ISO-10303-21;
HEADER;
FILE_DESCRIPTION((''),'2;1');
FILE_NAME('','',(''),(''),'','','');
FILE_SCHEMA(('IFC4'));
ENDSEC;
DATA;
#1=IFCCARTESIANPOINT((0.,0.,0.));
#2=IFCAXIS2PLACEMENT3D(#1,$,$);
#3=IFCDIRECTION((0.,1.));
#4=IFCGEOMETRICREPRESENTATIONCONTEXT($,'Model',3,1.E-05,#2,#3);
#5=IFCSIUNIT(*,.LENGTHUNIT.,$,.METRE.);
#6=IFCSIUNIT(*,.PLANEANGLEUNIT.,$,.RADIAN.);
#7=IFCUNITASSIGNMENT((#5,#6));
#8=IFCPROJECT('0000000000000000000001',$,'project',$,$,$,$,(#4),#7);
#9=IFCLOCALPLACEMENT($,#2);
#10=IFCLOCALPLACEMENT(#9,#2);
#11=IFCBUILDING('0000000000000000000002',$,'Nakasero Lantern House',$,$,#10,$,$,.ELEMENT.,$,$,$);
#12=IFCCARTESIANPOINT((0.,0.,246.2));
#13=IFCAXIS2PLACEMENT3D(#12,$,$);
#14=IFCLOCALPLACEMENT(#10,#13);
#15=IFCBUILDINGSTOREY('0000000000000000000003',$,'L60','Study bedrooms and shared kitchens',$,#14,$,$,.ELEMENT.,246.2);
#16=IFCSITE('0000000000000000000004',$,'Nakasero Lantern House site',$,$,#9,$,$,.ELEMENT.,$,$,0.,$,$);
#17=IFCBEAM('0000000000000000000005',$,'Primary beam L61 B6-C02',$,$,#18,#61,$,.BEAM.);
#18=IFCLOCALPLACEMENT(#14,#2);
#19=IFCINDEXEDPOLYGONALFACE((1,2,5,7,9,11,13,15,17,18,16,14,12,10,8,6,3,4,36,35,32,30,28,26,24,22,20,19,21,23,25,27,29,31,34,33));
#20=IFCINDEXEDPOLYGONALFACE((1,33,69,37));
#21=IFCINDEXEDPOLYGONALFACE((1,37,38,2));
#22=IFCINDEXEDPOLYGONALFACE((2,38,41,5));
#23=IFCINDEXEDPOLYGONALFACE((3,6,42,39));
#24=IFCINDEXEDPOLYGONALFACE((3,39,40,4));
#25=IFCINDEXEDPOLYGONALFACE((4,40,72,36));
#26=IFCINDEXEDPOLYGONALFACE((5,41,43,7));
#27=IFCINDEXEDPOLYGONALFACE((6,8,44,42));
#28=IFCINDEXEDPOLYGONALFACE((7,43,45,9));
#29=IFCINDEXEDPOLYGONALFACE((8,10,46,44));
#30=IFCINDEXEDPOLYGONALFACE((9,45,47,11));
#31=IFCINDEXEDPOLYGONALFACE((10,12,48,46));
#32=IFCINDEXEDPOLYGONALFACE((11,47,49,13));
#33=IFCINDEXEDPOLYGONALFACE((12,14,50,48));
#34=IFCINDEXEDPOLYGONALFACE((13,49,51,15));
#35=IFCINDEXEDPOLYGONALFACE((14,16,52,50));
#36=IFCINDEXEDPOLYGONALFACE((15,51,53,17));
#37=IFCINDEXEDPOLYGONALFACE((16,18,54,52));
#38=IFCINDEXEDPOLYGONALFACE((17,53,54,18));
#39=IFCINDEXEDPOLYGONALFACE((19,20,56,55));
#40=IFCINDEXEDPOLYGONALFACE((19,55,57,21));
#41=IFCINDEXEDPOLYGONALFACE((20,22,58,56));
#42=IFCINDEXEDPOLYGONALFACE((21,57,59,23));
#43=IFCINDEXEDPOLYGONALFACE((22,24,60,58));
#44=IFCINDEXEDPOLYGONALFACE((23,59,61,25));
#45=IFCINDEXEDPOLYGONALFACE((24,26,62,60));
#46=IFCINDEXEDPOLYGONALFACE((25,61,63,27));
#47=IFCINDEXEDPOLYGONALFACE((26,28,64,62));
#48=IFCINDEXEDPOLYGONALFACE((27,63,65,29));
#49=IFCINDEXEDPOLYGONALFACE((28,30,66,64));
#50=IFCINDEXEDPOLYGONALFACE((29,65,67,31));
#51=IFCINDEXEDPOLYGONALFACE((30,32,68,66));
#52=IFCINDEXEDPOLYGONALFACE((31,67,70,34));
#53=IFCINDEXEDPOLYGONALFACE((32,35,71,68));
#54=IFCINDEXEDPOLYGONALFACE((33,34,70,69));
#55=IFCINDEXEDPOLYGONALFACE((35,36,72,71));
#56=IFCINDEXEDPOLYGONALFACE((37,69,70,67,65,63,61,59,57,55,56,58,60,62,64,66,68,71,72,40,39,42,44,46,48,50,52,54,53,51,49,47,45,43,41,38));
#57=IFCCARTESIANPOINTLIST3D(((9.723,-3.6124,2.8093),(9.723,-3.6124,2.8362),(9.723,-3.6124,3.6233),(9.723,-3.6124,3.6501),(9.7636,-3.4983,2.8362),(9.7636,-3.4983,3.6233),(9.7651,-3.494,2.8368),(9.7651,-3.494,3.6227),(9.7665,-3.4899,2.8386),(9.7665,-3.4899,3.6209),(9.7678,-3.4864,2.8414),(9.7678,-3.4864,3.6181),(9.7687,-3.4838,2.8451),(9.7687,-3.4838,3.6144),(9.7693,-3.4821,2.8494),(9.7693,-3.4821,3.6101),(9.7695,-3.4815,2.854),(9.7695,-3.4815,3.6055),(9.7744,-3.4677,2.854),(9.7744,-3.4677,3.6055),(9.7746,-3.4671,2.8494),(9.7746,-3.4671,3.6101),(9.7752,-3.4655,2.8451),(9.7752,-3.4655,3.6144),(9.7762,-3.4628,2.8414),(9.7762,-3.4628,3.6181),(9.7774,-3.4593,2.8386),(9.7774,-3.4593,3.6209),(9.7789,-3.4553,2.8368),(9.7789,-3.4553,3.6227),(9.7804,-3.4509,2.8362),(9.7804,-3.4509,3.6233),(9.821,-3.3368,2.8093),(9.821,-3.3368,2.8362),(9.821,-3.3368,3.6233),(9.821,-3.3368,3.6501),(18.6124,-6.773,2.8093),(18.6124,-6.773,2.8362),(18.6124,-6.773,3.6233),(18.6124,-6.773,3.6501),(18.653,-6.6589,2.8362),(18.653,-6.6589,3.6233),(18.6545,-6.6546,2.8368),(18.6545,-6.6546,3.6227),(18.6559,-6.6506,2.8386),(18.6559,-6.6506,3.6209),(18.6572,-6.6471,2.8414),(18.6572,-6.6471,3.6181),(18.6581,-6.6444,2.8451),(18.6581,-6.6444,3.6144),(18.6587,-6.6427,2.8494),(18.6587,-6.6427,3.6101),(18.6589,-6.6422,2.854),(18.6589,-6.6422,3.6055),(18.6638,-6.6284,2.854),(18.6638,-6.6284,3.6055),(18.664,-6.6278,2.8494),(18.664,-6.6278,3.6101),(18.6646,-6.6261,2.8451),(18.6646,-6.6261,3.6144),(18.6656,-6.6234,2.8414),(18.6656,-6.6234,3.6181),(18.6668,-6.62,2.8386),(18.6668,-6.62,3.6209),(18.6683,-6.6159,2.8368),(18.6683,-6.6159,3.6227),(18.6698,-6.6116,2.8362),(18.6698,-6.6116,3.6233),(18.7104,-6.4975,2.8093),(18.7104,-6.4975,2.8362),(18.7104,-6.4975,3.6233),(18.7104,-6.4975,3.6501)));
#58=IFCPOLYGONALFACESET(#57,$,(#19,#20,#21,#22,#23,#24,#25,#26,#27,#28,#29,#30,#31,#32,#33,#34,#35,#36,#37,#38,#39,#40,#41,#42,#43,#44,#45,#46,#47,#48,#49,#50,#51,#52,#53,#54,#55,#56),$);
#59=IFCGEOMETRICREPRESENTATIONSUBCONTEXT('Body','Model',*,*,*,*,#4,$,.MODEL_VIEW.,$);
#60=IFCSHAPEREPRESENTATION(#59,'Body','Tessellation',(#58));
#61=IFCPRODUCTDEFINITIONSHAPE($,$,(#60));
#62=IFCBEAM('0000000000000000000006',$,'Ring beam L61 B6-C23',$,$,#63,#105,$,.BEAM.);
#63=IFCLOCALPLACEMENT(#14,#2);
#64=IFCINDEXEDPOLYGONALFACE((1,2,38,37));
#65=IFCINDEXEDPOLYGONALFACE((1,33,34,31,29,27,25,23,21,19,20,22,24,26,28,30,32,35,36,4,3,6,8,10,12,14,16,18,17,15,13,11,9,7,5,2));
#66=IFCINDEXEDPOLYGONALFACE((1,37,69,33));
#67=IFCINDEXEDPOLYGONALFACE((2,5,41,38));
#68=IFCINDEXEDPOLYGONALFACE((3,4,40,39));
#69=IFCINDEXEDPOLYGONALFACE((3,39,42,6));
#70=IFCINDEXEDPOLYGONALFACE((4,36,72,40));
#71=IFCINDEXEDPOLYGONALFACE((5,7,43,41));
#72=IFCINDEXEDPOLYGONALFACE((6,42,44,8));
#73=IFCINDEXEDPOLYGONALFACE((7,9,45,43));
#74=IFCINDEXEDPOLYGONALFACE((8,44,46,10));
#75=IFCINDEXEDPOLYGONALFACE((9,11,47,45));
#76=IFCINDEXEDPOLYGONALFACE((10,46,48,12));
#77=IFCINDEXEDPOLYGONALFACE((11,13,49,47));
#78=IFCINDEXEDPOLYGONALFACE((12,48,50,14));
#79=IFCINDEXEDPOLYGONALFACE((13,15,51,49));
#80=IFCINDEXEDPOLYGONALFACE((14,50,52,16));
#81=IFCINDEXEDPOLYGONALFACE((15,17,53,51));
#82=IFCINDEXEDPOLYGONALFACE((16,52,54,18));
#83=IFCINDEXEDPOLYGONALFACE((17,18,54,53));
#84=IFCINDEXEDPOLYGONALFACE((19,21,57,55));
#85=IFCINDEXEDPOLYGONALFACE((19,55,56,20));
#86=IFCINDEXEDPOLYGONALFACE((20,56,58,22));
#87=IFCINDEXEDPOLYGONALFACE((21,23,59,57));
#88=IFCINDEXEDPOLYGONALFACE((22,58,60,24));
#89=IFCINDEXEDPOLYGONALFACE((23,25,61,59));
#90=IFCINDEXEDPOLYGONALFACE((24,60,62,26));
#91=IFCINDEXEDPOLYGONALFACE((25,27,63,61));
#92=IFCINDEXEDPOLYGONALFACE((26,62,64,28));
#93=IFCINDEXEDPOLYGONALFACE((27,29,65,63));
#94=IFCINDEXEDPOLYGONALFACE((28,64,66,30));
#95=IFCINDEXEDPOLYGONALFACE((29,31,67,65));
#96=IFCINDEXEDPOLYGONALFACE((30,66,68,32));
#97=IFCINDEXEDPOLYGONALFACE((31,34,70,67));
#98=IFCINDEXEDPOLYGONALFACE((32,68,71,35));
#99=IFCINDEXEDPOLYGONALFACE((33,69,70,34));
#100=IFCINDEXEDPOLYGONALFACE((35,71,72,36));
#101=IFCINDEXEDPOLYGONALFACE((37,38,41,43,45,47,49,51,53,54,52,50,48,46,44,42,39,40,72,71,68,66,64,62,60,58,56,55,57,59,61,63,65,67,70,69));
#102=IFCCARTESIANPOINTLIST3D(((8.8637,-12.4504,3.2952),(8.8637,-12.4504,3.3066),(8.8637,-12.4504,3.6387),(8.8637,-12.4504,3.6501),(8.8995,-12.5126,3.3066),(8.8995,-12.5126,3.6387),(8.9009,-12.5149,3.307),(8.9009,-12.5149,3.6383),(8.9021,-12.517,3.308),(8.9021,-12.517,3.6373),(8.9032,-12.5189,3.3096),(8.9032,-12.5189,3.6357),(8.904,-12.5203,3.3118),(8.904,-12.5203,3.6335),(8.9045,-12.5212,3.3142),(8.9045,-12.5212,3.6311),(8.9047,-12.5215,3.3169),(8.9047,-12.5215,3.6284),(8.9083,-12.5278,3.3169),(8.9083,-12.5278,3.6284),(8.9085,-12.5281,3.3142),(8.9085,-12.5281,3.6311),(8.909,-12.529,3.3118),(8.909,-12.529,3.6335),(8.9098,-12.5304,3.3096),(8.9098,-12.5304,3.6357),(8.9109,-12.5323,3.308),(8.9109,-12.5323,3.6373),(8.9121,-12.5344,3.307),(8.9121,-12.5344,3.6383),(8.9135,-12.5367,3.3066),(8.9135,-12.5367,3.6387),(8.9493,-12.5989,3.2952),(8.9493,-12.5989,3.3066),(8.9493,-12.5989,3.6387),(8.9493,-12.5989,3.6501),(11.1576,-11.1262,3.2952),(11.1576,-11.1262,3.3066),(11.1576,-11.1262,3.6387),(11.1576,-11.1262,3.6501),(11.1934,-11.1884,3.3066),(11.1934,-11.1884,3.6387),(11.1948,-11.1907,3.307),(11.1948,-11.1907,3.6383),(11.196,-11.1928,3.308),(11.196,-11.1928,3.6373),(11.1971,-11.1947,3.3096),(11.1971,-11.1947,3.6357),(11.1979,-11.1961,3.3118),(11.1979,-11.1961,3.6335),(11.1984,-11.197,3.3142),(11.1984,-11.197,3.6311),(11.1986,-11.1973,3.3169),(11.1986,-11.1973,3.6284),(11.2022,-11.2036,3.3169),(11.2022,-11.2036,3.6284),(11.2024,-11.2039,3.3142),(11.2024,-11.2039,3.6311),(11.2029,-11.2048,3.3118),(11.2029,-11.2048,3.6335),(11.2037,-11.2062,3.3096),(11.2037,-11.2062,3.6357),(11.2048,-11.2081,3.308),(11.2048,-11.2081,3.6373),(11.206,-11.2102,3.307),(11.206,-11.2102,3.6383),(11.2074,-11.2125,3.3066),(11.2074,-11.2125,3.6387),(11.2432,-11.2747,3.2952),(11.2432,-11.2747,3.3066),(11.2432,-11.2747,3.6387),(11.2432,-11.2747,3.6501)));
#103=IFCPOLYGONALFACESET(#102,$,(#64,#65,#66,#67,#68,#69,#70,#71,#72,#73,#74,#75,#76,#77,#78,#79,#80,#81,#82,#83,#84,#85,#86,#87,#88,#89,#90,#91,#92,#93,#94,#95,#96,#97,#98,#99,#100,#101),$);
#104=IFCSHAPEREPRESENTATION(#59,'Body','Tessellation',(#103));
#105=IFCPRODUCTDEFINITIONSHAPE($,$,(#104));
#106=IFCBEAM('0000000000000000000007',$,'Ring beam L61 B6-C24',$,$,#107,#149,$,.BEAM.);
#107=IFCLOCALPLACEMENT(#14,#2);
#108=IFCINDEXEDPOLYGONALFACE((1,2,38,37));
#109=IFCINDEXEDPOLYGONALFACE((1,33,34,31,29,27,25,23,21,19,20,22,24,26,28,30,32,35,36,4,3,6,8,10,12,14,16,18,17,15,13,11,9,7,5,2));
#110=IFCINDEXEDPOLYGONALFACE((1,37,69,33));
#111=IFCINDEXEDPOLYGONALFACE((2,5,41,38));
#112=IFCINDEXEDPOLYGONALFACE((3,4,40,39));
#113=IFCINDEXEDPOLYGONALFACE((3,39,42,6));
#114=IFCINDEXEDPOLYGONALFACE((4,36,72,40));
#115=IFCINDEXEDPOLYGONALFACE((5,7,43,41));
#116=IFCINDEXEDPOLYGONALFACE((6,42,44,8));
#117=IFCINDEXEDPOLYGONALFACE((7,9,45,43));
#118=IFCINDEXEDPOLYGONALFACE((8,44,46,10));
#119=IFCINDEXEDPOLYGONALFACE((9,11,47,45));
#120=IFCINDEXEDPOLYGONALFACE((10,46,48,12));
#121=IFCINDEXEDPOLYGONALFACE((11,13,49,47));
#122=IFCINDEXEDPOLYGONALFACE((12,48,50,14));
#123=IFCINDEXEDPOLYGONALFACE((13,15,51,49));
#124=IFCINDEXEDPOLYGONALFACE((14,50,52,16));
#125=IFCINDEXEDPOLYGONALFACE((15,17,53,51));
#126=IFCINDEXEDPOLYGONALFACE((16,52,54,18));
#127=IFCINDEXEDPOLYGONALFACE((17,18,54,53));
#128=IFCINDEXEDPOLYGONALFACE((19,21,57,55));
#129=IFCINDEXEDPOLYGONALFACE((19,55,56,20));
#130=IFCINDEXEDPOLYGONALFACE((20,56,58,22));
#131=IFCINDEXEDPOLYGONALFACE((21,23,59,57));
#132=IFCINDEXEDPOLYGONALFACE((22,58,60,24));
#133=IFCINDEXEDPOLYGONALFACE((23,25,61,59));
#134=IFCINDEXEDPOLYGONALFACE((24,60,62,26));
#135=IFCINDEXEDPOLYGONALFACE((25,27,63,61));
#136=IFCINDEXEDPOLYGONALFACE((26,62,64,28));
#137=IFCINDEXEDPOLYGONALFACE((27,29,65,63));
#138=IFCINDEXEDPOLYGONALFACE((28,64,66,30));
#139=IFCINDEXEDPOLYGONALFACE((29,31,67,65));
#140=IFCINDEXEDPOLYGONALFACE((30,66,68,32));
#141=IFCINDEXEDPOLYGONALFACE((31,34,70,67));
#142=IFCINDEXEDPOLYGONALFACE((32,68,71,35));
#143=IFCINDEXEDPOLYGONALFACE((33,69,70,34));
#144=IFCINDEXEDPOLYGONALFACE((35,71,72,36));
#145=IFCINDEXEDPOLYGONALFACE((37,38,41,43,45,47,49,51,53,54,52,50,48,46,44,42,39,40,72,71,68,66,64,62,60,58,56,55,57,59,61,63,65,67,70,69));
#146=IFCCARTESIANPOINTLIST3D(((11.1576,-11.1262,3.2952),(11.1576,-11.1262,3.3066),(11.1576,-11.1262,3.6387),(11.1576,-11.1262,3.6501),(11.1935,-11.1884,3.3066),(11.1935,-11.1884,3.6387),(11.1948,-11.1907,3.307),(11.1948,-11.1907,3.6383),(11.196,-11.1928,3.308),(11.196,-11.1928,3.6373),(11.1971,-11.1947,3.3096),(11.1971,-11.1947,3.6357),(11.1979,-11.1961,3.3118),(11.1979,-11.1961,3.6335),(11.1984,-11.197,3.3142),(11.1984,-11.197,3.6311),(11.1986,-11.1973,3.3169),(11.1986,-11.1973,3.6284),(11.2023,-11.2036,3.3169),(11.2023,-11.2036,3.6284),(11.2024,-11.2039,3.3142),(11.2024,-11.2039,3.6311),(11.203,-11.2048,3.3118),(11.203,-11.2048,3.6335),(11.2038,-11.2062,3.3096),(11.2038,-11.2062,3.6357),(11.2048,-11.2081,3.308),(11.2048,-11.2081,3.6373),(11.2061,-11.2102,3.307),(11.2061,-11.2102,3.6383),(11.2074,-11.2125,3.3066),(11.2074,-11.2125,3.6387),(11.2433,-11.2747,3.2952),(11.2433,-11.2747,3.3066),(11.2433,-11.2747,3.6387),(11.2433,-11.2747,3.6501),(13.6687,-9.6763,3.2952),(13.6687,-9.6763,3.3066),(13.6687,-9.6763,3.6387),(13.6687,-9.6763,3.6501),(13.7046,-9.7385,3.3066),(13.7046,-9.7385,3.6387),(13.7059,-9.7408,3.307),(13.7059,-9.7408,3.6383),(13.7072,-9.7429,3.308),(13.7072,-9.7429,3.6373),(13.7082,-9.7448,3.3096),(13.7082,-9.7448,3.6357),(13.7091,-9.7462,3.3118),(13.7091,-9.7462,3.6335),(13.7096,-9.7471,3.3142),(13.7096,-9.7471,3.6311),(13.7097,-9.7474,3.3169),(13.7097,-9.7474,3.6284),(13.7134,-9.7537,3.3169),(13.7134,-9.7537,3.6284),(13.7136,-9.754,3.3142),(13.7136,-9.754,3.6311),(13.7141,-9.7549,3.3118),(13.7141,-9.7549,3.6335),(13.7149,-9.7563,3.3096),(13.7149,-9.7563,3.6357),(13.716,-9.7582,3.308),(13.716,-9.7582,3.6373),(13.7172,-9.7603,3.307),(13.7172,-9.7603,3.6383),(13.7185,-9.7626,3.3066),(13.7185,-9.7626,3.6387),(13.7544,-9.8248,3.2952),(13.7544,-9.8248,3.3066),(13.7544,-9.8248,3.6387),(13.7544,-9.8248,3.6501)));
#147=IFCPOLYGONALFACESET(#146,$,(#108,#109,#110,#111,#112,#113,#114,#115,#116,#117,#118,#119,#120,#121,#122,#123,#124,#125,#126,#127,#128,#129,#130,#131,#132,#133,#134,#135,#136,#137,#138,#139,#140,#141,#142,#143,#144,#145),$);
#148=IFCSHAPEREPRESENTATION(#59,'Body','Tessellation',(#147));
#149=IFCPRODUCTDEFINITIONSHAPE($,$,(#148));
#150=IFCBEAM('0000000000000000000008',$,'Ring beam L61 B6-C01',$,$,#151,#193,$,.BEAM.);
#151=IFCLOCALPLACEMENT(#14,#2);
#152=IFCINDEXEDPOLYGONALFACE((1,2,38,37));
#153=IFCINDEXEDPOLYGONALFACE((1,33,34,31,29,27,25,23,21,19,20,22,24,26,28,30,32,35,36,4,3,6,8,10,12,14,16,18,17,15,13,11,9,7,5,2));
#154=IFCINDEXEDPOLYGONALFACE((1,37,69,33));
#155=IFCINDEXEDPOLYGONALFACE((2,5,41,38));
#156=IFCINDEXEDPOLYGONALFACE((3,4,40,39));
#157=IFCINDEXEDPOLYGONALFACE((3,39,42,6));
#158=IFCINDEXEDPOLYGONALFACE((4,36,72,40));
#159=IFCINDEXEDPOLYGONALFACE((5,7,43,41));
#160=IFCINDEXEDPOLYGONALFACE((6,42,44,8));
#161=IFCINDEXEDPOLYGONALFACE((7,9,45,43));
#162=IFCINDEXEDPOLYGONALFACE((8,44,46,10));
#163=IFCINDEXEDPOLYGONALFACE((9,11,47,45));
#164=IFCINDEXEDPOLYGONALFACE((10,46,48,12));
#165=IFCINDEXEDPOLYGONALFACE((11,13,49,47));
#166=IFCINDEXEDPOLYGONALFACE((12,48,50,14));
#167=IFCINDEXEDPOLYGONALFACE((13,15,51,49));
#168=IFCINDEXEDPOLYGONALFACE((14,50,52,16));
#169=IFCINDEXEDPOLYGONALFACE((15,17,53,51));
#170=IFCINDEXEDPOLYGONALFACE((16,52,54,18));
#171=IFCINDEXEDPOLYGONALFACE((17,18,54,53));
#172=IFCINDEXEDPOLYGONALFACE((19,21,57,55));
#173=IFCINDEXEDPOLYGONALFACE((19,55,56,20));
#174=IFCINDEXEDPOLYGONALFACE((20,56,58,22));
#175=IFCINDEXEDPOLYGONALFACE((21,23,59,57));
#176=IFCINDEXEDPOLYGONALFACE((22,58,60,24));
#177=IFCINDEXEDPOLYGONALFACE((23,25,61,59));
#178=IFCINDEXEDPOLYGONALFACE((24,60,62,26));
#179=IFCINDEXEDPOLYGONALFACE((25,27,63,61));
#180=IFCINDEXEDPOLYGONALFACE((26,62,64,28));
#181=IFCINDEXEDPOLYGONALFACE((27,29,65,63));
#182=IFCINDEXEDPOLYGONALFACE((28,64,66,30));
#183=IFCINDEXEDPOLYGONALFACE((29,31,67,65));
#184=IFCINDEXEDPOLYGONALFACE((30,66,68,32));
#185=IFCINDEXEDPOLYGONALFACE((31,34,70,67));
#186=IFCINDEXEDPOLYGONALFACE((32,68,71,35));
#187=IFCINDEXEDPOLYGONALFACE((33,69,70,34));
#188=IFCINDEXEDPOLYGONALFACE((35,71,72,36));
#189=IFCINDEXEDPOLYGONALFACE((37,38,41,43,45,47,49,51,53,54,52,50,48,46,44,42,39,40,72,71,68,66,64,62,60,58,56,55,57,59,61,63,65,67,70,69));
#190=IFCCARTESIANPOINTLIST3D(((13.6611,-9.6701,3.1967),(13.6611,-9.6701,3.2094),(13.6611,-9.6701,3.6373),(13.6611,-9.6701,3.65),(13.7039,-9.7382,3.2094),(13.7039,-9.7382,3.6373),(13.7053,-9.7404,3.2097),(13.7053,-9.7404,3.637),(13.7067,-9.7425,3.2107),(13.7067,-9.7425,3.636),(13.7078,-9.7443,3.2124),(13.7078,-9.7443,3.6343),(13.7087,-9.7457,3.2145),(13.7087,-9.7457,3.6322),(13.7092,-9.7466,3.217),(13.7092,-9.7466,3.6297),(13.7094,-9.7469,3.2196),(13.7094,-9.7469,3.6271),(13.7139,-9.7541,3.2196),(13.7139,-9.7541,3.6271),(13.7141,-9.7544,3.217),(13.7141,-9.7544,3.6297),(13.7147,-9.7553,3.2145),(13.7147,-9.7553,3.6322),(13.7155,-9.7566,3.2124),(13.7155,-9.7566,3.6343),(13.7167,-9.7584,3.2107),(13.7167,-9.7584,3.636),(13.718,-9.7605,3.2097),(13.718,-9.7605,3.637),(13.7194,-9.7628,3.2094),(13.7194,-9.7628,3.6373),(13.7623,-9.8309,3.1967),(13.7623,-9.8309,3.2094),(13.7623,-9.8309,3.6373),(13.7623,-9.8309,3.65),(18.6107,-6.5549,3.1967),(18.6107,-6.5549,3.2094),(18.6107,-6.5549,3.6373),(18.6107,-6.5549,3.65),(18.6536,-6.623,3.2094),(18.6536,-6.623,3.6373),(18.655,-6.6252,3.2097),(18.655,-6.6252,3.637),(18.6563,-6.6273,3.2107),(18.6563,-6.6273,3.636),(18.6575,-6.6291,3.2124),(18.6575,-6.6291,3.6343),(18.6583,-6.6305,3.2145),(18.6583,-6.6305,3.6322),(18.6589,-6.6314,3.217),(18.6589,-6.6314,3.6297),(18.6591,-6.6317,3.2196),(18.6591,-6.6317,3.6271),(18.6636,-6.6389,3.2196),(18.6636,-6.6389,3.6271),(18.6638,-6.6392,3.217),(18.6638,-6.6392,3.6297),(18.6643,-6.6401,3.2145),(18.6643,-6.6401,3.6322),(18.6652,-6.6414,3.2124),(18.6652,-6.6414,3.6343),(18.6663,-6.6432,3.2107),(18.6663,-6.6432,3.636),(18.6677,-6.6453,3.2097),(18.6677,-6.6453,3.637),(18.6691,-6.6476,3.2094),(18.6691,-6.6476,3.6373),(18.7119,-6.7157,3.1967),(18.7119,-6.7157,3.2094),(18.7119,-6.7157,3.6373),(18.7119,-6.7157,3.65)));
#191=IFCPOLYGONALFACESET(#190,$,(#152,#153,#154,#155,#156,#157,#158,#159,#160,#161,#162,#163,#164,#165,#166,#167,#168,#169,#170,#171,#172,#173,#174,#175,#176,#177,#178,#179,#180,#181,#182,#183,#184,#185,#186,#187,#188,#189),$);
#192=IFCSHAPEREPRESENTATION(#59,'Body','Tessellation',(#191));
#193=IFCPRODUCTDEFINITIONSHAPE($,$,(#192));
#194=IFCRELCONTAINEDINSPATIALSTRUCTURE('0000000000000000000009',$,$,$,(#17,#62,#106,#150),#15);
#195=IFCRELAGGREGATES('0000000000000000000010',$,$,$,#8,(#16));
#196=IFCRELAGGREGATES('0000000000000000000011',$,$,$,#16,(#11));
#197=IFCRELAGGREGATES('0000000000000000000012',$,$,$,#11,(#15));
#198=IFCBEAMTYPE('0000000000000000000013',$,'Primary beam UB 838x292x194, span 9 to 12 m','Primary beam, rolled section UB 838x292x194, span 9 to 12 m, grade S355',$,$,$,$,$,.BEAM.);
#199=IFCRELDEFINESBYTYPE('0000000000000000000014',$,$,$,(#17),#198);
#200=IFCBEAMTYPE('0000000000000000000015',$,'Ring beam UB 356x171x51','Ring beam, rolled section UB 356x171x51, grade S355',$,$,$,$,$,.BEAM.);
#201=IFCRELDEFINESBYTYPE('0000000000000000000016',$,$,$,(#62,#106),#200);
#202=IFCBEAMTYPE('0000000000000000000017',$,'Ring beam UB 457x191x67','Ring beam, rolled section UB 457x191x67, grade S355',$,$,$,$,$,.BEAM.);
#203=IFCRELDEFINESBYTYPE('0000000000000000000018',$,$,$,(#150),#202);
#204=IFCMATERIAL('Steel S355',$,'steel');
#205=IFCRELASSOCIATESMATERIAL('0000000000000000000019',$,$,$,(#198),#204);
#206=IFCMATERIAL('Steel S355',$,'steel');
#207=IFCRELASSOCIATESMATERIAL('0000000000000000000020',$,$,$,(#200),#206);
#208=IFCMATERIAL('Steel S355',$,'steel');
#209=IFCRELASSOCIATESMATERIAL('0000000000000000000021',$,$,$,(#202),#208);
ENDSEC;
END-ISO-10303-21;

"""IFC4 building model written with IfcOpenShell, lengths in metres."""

from ifc_helpers import new_model, si_unit, direction, frame, origin, origin_2d, place, context, subcontext, project, spatial, i_section, extrude, material, material_profile, profile_set, type_object, element, save


model = new_model("IFC4")

# Units and contexts
model_context = context("Model", 3, precision=1e-05, world=origin(), true_north=direction((0.0, 1.0)))
body_context = subcontext(model_context, "Body", "Model", "MODEL_VIEW")
ifc_project = project(units=[si_unit("LENGTHUNIT", "METRE"), si_unit("PLANEANGLEUNIT", "RADIAN")], contexts=[model_context])

# Site, building, storey
site_placement = place(None, origin())
site = spatial("IfcSite", under=ifc_project, at=site_placement, Name="Nakasero Lantern House site", CompositionType="ELEMENT", RefElevation=0.0)
building_placement = place(site_placement, origin())
building = spatial("IfcBuilding", under=site, at=building_placement, Name="Nakasero Lantern House", CompositionType="ELEMENT")
storey_placement = place(building_placement, frame((0.0, 0.0, 246.2)))
storey = spatial("IfcBuildingStorey", under=building, at=storey_placement, Name="L60", Description="Study bedrooms and shared kitchens", CompositionType="ELEMENT", Elevation=246.2)

# Beams
ifc_material_1 = material(Name="Steel S355", Category="steel")
ifc_material_profile_1 = material_profile(ifc_material_1, i_section(OverallWidth=0.2925, OverallDepth=0.8408, WebThickness=0.0146, FlangeThickness=0.0269, FilletRadius=0.0178, at=origin_2d()), Name="UB 838x292x194")
ifc_profile_set_1 = profile_set([ifc_material_profile_1], Name="Steel S355")
beam_type_1 = type_object("IfcBeamType", Name="Primary beam UB 838x292x194, span 9 to 12 m", Description="Primary beam, rolled section UB 838x292x194, span 9 to 12 m, grade S355", PredefinedType="BEAM", material=ifc_profile_set_1)
beam_1_placement = place(storey_placement, frame((18.6614, -6.6353, 3.2297), z_axis=(-0.942216, 0.335007, 0.0), x_axis=(-0.335007, -0.942216, 0.0)))
element("IfcBeam", 1, at=beam_1_placement, inside=storey, type_object=beam_type_1, Name="Primary beam L61 B6-C02", PredefinedType="BEAM", context=body_context, shape_type="SweptSolid", body=[
    extrude(i_section(OverallWidth=0.2925, OverallDepth=0.8408, WebThickness=0.0146, FlangeThickness=0.0269, FilletRadius=0.0178, at=origin_2d()), origin(), (0.0, 0.0, 1.0), 9.4346),
])
ifc_material_2 = material(Name="Steel S355", Category="steel")
ifc_material_profile_2 = material_profile(ifc_material_2, i_section(OverallWidth=0.1714, OverallDepth=0.355, WebThickness=0.0073, FlangeThickness=0.0115, FilletRadius=0.0103, at=origin_2d()), Name="UB 356x171x51")
ifc_profile_set_2 = profile_set([ifc_material_profile_2], Name="Steel S355")
beam_type_2 = type_object("IfcBeamType", Name="Ring beam UB 356x171x51", Description="Ring beam, rolled section UB 356x171x51, grade S355", PredefinedType="BEAM", material=ifc_profile_set_2)
beam_2_placement = place(storey_placement, frame((8.9065, -12.5247, 3.4727), z_axis=(0.866057, 0.499946, 0.0), x_axis=(-0.499946, 0.866057, 0.0)))
element("IfcBeam", 2, at=beam_2_placement, inside=storey, type_object=beam_type_2, Name="Ring beam L61 B6-C23", PredefinedType="BEAM", context=body_context, shape_type="SweptSolid", body=[
    extrude(i_section(OverallWidth=0.1714, OverallDepth=0.355, WebThickness=0.0073, FlangeThickness=0.0115, FilletRadius=0.0103, at=origin_2d()), origin(), (0.0, 0.0, 1.0), 2.6487),
])
beam_3_placement = place(storey_placement, frame((11.2004, -11.2004, 3.4727), z_axis=(0.866012, 0.500024, 0.0), x_axis=(-0.500024, 0.866012, 0.0)))
element("IfcBeam", 3, at=beam_3_placement, inside=storey, type_object=beam_type_2, Name="Ring beam L61 B6-C24", PredefinedType="BEAM", context=body_context, shape_type="SweptSolid", body=[
    extrude(i_section(OverallWidth=0.1714, OverallDepth=0.355, WebThickness=0.0073, FlangeThickness=0.0115, FilletRadius=0.0103, at=origin_2d()), origin(), (0.0, 0.0, 1.0), 2.8997),
])
ifc_material_3 = material(Name="Steel S355", Category="steel")
ifc_material_profile_3 = material_profile(ifc_material_3, i_section(OverallWidth=0.1899, OverallDepth=0.4534, WebThickness=0.0085, FlangeThickness=0.0127, FilletRadius=0.0103, at=origin_2d()), Name="UB 457x191x67")
ifc_profile_set_3 = profile_set([ifc_material_profile_3], Name="Steel S355")
beam_type_3 = type_object("IfcBeamType", Name="Ring beam UB 457x191x67", Description="Ring beam, rolled section UB 457x191x67, grade S355", PredefinedType="BEAM", material=ifc_profile_set_3)
beam_4_placement = place(storey_placement, frame((13.7117, -9.7505, 3.4233), z_axis=(0.846329, 0.53266, 0.0), x_axis=(-0.53266, 0.846329, 0.0)))
element("IfcBeam", 4, at=beam_4_placement, inside=storey, type_object=beam_type_3, Name="Ring beam L61 B6-C01", PredefinedType="BEAM", context=body_context, shape_type="SweptSolid", body=[
    extrude(i_section(OverallWidth=0.1899, OverallDepth=0.4534, WebThickness=0.0085, FlangeThickness=0.0127, FilletRadius=0.0103, at=origin_2d()), origin(), (0.0, 0.0, 1.0), 5.8484),
])

save(model, "model.ifc")
